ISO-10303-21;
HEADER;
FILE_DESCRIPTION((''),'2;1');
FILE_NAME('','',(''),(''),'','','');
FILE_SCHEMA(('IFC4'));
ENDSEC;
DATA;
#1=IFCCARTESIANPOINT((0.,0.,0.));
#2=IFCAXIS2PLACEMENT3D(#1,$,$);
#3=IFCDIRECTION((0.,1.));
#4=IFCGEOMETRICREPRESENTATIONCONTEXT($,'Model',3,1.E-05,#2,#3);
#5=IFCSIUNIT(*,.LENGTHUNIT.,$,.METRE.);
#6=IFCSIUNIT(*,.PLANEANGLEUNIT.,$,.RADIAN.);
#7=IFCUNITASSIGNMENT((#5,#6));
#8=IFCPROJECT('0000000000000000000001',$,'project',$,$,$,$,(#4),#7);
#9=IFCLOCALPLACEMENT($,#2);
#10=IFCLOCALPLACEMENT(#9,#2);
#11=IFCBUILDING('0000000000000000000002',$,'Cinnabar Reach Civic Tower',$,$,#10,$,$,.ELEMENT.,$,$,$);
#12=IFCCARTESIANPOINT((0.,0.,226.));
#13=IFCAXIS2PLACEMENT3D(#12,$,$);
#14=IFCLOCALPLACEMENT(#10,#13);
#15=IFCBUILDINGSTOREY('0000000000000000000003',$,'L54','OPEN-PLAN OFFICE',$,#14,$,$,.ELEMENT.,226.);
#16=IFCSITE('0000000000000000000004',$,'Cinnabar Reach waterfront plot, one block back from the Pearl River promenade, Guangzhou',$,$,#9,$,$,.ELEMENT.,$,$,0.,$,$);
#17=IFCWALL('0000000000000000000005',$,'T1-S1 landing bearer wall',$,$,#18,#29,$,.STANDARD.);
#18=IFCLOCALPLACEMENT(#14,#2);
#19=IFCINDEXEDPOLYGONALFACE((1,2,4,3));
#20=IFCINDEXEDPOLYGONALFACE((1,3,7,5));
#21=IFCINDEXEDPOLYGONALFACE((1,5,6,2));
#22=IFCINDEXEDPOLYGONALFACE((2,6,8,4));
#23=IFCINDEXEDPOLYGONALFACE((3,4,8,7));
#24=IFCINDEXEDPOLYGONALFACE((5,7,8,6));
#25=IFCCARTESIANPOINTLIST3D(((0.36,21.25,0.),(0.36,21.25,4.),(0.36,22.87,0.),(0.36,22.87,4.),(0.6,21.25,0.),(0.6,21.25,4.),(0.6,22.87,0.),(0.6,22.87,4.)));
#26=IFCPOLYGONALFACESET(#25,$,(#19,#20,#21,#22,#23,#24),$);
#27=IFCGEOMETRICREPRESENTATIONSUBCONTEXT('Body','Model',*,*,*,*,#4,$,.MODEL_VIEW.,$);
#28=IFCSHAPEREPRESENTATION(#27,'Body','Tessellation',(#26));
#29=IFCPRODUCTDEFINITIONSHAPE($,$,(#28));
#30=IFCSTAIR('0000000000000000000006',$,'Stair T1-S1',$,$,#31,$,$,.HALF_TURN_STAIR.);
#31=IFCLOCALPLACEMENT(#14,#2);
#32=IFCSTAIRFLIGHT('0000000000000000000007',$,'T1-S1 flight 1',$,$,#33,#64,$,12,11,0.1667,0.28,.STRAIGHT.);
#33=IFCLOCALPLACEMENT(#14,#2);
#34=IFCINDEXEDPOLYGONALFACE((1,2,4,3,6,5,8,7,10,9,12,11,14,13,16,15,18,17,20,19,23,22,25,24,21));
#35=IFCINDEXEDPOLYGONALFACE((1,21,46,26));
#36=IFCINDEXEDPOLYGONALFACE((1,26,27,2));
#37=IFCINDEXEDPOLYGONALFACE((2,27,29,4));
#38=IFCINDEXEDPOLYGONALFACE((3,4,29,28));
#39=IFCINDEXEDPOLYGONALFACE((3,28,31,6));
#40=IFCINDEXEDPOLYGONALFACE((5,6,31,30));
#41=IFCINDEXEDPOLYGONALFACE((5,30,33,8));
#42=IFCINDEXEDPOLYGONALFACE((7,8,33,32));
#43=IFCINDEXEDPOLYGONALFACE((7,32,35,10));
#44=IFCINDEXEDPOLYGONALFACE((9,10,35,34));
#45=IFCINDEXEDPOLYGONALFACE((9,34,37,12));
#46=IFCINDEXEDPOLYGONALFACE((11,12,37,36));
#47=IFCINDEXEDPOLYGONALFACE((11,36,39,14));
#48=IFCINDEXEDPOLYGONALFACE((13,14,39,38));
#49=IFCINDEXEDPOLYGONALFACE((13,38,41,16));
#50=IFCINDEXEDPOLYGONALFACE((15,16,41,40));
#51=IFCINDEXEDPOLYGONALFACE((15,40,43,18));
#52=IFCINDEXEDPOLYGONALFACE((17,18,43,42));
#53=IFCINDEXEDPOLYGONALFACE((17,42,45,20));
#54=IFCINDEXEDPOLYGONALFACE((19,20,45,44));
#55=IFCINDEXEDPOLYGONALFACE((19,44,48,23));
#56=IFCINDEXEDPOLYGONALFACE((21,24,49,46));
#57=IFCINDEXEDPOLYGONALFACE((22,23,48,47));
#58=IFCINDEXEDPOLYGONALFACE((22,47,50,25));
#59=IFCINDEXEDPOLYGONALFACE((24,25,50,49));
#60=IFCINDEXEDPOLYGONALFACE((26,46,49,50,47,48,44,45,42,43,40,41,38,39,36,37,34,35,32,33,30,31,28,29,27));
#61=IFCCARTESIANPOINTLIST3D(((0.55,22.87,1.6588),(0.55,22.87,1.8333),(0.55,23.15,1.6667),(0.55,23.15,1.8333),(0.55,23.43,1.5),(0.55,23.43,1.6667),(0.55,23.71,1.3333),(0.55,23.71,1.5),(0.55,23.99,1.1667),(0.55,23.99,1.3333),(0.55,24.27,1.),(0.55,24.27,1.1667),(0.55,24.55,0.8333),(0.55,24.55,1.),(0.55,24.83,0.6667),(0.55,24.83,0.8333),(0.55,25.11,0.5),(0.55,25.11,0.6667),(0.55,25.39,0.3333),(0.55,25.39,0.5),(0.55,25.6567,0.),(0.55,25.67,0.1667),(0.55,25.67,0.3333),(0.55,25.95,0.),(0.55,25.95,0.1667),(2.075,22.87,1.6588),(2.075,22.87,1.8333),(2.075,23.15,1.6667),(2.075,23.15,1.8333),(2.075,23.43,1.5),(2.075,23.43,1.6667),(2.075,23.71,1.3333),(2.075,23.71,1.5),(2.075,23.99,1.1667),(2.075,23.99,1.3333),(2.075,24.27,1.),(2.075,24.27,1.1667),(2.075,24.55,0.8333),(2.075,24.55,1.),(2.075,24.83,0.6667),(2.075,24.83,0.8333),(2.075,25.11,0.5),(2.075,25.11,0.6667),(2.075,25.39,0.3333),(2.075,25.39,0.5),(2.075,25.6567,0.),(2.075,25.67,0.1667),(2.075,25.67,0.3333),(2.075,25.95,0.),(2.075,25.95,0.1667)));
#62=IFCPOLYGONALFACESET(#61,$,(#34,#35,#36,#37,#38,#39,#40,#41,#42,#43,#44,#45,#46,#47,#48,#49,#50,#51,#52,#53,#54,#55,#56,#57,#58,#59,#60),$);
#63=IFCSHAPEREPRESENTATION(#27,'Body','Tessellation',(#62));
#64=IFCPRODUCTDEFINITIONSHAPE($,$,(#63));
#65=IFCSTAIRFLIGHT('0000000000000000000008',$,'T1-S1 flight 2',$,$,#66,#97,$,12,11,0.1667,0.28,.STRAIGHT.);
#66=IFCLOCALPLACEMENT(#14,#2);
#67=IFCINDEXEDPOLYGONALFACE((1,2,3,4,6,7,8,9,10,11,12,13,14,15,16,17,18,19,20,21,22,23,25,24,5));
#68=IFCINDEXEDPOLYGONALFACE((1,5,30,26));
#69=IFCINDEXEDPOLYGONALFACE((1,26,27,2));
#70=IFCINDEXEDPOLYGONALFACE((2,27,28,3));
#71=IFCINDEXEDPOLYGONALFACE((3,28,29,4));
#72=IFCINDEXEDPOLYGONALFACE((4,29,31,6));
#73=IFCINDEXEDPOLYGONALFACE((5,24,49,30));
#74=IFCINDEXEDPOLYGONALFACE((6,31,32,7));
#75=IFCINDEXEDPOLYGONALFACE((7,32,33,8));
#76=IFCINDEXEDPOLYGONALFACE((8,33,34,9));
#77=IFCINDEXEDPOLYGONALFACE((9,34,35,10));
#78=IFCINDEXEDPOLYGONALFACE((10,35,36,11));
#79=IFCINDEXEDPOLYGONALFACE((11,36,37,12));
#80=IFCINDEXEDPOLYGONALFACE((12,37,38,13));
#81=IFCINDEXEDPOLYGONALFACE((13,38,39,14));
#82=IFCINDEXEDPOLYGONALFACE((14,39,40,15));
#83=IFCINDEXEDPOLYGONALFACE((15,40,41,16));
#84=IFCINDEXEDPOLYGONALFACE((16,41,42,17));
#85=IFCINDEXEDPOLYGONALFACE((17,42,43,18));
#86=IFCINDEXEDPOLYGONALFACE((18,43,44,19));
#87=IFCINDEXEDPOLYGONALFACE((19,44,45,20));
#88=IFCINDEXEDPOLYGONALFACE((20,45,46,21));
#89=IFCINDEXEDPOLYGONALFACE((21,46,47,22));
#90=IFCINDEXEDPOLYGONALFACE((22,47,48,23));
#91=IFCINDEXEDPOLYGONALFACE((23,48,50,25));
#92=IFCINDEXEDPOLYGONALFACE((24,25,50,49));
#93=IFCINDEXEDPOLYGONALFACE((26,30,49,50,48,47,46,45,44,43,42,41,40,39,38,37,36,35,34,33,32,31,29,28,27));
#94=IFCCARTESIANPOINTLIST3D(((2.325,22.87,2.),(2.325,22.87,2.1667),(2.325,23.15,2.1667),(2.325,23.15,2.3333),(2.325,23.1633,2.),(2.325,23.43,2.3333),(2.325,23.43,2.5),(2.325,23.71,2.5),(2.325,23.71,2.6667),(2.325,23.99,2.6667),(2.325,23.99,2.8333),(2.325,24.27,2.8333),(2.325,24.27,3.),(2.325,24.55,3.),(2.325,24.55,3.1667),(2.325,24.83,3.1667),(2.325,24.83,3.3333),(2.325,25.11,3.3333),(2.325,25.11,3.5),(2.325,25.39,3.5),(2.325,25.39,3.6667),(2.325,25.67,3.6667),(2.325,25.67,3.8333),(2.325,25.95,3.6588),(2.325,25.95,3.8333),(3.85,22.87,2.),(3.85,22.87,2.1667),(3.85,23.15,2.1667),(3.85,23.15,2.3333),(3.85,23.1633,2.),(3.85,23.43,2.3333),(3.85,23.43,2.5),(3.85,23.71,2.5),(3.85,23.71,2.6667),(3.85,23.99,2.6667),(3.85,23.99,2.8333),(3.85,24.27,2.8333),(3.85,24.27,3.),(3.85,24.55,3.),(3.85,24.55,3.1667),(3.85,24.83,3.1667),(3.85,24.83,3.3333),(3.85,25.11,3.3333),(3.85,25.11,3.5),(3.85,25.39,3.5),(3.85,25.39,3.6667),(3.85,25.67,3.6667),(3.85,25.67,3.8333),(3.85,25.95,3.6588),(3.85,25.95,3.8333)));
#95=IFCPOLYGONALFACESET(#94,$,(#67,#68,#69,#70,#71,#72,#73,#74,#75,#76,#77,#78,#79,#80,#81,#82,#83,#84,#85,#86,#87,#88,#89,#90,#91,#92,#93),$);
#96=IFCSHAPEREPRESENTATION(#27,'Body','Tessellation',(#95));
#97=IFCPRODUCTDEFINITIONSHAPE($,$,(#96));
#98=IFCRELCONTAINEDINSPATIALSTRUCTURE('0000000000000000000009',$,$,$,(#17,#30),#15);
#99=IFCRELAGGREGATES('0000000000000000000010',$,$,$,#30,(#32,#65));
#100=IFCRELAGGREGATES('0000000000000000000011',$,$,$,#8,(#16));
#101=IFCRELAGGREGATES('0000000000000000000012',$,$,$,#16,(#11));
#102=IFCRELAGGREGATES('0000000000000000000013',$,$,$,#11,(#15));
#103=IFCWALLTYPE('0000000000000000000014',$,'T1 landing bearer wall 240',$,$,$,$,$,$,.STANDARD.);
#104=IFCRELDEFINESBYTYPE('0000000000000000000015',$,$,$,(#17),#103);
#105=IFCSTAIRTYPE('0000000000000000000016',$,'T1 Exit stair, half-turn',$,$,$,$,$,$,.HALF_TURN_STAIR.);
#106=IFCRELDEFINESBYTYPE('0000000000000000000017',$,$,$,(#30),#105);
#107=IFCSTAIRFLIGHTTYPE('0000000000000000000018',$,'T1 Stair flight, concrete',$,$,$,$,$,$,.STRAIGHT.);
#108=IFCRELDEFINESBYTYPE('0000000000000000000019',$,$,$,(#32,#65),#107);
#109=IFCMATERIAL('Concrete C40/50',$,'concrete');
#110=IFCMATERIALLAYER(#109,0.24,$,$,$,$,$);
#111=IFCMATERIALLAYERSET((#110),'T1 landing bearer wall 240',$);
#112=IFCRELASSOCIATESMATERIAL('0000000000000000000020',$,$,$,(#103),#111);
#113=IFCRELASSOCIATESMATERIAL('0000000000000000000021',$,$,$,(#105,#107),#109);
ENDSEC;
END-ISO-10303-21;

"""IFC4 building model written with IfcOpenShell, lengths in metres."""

from ifc_helpers import new_model, si_unit, direction, frame, frame_2d, origin, place, context, subcontext, project, spatial, polyline, rectangle, outline, extrude, material, layer, layer_set, type_object, element, aggregate, save


model = new_model("IFC4")

# Units and contexts
model_context = context("Model", 3, precision=1e-05, world=origin(), true_north=direction((0.0, 1.0)))
body_context = subcontext(model_context, "Body", "Model", "MODEL_VIEW")
ifc_project = project(units=[si_unit("LENGTHUNIT", "METRE"), si_unit("PLANEANGLEUNIT", "RADIAN")], contexts=[model_context])

# Site, building, storey
site_placement = place(None, origin())
site = spatial("IfcSite", under=ifc_project, at=site_placement, Name="Cinnabar Reach waterfront plot, one block back from the Pearl River promenade, Guangzhou", CompositionType="ELEMENT", RefElevation=0.0)
building_placement = place(site_placement, origin())
building = spatial("IfcBuilding", under=site, at=building_placement, Name="Cinnabar Reach Civic Tower", CompositionType="ELEMENT")
storey_placement = place(building_placement, frame((0.0, 0.0, 226.0)))
storey = spatial("IfcBuildingStorey", under=building, at=storey_placement, Name="L54", Description="OPEN-PLAN OFFICE", CompositionType="ELEMENT", Elevation=226.0)

# Wall
ifc_material_1 = material(Name="Concrete C40/50", Category="concrete")
ifc_layer_1 = layer(ifc_material_1, 0.24)
ifc_layer_set_1 = layer_set([ifc_layer_1], Name="T1 landing bearer wall 240")
wall_type_1 = type_object("IfcWallType", Name="T1 landing bearer wall 240", PredefinedType="STANDARD", material=ifc_layer_set_1)
wall_1_placement = place(storey_placement, frame((0.48, 21.25, 0.0), z_axis=(0.0, 0.0, 1.0), x_axis=(0.0, 1.0, 0.0)))
element("IfcWall", 1, at=wall_1_placement, inside=storey, type_object=wall_type_1, Name="T1-S1 landing bearer wall", PredefinedType="STANDARD", context=body_context, shape_type="SweptSolid", body=[
    extrude(rectangle(XDim=1.62, YDim=0.24, at=frame_2d((0.81, 0.0))), origin(), (0.0, 0.0, 1.0), 4.0),
])

# Stair, stair flights
stair_type = type_object("IfcStairType", Name="T1 Exit stair, half-turn", PredefinedType="HALF_TURN_STAIR", material=ifc_material_1)
stair_placement = place(storey_placement, origin())
stair = element("IfcStair", 2, at=stair_placement, inside=storey, type_object=stair_type, Name="Stair T1-S1", PredefinedType="HALF_TURN_STAIR")
stair_flight_type = type_object("IfcStairFlightType", Name="T1 Stair flight, concrete", PredefinedType="STRAIGHT", material=ifc_material_1)
stair_flight_1_placement = place(storey_placement, frame((1.3125, 25.95, 0.0), z_axis=(0.0, 0.0, 1.0), x_axis=(0.0, -1.0, 0.0)))
stair_flight_1 = element("IfcStairFlight", 3, at=stair_flight_1_placement, type_object=stair_flight_type, Name="T1-S1 flight 1", NumberOfRisers=12, NumberOfTreads=11, PredefinedType="STRAIGHT", RiserHeight=0.1667, TreadLength=0.28, context=body_context, shape_type="SweptSolid", body=[
    extrude(outline(polyline([(0.0, 0.0), (0.0, 0.1667), (0.28, 0.1667), (0.28, 0.3333), (0.56, 0.3333), (0.56, 0.5), (0.84, 0.5), (0.84, 0.6667), (1.12, 0.6667), (1.12, 0.8333), (1.4, 0.8333), (1.4, 1.0), (1.68, 1.0), (1.68, 1.1667), (1.96, 1.1667), (1.96, 1.3333), (2.24, 1.3333), (2.24, 1.5), (2.52, 1.5), (2.52, 1.6667), (2.8, 1.6667), (2.8, 1.8333), (3.08, 1.8333), (3.08, 2.0), (3.08, 1.6588), (0.2933, 0.0), (0.0, 0.0)])), frame((0.0, 0.7625, 0.0), z_axis=(0.0, -1.0, 0.0), x_axis=(1.0, 0.0, 0.0)), (0.0, 0.0, 1.0), 1.525),
])
stair_flight_2_placement = place(storey_placement, frame((3.0875, 22.87, 2.0), z_axis=(0.0, 0.0, 1.0), x_axis=(0.0, 1.0, 0.0)))
stair_flight_2 = element("IfcStairFlight", 4, at=stair_flight_2_placement, type_object=stair_flight_type, Name="T1-S1 flight 2", NumberOfRisers=12, NumberOfTreads=11, PredefinedType="STRAIGHT", RiserHeight=0.1667, TreadLength=0.28, context=body_context, shape_type="SweptSolid", body=[
    extrude(outline(polyline([(0.0, 0.0), (0.0, 0.1667), (0.28, 0.1667), (0.28, 0.3333), (0.56, 0.3333), (0.56, 0.5), (0.84, 0.5), (0.84, 0.6667), (1.12, 0.6667), (1.12, 0.8333), (1.4, 0.8333), (1.4, 1.0), (1.68, 1.0), (1.68, 1.1667), (1.96, 1.1667), (1.96, 1.3333), (2.24, 1.3333), (2.24, 1.5), (2.52, 1.5), (2.52, 1.6667), (2.8, 1.6667), (2.8, 1.8333), (3.08, 1.8333), (3.08, 2.0), (3.08, 1.6588), (0.2933, 0.0), (0.0, 0.0)])), frame((0.0, 0.7625, 0.0), z_axis=(0.0, -1.0, 0.0), x_axis=(1.0, 0.0, 0.0)), (0.0, 0.0, 1.0), 1.525),
])
aggregate(stair, [stair_flight_1, stair_flight_2])

save(model, "model.ifc")
